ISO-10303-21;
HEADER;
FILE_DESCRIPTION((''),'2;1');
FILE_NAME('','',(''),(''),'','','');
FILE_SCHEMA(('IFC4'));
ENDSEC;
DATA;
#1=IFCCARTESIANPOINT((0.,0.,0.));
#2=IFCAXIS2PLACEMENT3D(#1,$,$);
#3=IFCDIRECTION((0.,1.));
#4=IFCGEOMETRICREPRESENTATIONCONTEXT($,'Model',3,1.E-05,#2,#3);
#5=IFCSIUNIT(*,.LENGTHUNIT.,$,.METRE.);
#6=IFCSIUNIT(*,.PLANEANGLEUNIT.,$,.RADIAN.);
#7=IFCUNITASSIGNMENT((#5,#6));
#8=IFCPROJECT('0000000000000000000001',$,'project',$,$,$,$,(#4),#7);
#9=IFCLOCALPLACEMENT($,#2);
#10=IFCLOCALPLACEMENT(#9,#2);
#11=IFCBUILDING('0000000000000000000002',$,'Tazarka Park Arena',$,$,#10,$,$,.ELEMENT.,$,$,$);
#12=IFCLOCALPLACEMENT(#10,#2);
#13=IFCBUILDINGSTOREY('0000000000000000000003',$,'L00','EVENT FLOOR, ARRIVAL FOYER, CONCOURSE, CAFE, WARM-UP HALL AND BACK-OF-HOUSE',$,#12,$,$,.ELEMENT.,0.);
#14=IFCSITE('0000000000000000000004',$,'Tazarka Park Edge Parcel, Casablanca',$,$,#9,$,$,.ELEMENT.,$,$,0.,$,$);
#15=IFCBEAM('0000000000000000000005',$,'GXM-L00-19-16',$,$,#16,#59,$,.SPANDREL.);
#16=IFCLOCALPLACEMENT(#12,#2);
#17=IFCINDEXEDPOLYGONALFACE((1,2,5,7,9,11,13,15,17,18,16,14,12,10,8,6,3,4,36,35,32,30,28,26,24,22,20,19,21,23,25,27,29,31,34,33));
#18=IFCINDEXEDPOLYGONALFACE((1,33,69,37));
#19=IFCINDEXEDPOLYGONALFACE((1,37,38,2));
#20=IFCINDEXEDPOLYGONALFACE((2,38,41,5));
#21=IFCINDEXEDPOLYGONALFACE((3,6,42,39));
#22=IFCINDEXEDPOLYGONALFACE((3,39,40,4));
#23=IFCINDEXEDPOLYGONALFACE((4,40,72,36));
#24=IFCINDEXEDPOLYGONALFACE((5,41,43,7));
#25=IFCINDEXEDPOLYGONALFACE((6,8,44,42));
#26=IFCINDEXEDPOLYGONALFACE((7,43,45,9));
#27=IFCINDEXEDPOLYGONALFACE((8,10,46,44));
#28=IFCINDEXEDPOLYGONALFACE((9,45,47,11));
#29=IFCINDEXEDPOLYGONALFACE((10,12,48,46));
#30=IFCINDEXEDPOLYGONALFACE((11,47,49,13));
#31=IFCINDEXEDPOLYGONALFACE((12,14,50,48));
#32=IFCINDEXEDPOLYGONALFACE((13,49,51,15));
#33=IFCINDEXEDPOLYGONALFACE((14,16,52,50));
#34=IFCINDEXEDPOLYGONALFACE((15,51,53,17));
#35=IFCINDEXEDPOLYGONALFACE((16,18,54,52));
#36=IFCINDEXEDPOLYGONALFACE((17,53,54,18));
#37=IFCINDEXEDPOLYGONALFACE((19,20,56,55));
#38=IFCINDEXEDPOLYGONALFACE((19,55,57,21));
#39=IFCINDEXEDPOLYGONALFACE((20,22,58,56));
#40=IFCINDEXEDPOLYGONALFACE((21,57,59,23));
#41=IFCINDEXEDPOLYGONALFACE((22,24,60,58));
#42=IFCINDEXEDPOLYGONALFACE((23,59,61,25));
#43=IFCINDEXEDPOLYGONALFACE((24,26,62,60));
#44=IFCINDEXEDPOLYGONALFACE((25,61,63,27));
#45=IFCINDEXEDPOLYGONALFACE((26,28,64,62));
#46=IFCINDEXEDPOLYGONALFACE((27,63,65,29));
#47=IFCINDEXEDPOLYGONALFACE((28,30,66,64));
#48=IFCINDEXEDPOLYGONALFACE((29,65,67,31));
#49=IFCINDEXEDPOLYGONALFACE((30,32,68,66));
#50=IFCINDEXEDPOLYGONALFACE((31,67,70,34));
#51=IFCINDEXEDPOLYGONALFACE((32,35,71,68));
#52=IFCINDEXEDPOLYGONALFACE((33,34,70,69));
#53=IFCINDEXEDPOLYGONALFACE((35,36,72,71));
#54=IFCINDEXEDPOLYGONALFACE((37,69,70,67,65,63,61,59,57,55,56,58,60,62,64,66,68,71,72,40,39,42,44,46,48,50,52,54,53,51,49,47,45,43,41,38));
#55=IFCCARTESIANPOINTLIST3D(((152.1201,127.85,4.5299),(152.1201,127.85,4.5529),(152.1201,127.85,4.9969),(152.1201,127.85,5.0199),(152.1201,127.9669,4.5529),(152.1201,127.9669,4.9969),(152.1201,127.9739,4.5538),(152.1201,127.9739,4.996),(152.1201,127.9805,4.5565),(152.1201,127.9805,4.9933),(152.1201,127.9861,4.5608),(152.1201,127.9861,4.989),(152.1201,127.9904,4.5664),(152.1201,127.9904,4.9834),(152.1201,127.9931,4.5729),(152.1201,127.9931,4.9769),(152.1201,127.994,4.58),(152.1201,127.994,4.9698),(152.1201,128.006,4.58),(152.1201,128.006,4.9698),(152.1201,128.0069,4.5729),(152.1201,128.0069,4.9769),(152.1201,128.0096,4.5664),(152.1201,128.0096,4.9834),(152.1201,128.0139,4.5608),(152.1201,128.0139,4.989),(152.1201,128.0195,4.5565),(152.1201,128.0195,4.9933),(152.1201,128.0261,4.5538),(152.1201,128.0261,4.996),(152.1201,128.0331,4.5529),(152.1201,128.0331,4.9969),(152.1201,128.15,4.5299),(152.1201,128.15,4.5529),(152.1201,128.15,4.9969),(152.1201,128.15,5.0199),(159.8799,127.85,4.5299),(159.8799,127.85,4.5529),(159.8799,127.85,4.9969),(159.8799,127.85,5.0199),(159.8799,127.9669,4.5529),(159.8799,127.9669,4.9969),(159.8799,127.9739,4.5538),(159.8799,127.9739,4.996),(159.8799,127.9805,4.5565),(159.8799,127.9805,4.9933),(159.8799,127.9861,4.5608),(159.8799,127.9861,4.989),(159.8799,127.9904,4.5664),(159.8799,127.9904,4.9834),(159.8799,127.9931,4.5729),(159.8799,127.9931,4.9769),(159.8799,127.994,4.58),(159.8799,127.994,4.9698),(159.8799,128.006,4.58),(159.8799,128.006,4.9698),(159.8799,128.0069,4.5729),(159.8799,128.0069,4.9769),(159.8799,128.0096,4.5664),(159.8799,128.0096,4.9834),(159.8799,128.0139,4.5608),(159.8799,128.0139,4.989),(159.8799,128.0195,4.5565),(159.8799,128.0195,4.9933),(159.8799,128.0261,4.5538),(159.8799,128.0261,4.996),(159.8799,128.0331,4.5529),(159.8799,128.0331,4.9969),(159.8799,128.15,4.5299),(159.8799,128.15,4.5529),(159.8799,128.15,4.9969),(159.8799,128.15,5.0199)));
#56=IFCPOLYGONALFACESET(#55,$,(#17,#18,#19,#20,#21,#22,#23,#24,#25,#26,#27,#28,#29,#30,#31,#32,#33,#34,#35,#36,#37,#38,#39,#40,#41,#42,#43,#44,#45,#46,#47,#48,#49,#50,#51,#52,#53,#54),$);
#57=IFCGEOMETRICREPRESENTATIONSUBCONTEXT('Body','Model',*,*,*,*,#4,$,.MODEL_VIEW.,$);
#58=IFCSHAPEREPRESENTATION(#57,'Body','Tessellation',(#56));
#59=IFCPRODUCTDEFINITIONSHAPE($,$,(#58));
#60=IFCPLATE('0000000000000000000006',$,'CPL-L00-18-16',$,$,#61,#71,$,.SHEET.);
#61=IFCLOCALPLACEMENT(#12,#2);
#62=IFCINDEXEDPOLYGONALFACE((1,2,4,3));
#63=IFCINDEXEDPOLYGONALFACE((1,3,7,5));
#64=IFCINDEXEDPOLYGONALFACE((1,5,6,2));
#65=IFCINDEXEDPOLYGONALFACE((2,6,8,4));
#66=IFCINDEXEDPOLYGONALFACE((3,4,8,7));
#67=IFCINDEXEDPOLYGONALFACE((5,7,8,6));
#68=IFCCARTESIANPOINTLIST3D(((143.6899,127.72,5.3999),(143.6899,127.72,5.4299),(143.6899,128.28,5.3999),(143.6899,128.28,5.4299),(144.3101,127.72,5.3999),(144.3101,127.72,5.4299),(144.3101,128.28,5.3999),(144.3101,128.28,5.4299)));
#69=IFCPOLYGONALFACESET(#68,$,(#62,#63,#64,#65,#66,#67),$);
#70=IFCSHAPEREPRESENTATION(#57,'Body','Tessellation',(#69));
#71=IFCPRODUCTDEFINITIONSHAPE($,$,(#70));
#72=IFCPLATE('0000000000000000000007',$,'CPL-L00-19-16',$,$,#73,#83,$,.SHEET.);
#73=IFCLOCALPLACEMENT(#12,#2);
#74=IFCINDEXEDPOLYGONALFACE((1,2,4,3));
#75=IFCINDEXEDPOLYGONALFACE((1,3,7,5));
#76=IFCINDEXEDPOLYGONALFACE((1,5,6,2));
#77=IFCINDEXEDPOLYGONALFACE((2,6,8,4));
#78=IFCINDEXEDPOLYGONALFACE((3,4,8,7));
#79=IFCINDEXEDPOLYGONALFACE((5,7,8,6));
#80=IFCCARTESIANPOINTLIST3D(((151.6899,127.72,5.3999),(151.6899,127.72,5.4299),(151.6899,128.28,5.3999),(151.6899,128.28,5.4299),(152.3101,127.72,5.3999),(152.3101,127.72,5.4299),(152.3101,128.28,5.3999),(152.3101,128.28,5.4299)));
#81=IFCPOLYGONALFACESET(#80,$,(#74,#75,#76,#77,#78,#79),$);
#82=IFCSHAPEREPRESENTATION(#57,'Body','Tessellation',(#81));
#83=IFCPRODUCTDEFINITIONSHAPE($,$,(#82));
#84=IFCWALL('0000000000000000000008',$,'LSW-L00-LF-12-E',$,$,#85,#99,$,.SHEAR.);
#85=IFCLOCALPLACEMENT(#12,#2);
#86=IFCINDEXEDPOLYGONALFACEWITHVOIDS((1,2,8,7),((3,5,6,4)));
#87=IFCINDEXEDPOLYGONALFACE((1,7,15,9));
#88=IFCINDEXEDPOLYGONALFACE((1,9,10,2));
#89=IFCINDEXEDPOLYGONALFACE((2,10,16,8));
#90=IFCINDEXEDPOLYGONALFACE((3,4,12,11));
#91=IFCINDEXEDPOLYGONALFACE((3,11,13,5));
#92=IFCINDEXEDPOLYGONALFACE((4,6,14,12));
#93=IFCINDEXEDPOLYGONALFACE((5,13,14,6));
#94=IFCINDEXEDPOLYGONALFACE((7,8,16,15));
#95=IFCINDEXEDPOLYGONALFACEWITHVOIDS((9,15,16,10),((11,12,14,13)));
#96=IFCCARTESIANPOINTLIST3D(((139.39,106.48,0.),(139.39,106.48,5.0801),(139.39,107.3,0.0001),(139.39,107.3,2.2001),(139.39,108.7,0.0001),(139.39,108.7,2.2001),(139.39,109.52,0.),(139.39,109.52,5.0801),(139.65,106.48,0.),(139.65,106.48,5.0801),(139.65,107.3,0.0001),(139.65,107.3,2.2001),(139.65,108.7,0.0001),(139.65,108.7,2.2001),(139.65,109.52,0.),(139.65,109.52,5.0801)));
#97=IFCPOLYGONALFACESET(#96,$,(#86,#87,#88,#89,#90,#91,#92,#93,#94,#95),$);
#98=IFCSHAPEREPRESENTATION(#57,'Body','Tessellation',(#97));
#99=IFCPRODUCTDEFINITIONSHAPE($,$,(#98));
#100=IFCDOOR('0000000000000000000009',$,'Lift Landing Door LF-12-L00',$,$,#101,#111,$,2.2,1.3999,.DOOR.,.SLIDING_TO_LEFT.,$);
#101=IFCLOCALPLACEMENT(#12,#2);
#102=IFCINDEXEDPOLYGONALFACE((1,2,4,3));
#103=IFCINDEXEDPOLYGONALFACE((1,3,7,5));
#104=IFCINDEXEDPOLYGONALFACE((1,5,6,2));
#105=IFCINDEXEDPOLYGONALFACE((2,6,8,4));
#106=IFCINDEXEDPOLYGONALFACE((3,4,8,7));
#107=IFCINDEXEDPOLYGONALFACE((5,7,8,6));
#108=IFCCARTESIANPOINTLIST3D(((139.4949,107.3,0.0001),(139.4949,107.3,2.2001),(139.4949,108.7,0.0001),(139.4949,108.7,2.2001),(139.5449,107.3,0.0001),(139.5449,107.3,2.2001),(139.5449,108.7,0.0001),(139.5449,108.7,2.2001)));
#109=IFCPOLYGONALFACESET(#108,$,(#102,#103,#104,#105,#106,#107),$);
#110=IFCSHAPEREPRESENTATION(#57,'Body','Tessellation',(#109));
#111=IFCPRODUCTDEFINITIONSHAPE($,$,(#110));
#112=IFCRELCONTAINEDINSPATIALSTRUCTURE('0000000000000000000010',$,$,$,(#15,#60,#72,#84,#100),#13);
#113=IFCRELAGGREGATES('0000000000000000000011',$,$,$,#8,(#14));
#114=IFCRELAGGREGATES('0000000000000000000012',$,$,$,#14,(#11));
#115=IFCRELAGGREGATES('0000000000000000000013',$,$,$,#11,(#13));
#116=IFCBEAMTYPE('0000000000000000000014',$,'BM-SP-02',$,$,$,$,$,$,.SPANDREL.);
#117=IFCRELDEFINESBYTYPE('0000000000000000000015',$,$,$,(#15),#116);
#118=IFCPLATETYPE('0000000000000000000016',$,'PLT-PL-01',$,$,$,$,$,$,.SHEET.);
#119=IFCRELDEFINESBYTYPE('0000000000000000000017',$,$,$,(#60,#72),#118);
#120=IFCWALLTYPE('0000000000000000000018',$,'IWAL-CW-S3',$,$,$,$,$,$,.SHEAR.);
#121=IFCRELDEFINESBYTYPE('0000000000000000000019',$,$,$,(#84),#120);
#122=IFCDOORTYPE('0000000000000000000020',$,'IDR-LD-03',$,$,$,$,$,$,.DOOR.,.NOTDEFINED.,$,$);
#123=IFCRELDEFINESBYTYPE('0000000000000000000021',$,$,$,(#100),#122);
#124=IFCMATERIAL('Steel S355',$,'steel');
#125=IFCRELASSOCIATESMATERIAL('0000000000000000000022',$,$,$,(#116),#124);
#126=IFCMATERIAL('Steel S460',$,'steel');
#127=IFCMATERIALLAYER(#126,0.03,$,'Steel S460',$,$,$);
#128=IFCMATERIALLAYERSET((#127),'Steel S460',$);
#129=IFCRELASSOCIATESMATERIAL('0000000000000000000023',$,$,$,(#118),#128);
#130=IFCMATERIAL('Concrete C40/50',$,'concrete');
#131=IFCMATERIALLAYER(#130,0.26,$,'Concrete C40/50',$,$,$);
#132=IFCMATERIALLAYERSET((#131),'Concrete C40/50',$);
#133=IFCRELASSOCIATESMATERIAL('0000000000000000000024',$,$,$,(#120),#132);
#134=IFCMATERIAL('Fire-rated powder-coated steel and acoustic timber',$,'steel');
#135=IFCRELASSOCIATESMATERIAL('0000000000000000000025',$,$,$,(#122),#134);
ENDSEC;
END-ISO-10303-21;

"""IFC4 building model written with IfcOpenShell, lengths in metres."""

from ifc_helpers import new_model, si_unit, direction, frame, frame_2d, origin, origin_2d, place, context, subcontext, project, spatial, rectangle, i_section, extrude, material, layer, layer_set, material_profile, profile_set, type_object, element, fill, save


model = new_model("IFC4")

# Units and contexts
model_context = context("Model", 3, precision=1e-05, world=origin(), true_north=direction((0.0, 1.0)))
body_context = subcontext(model_context, "Body", "Model", "MODEL_VIEW")
ifc_project = project(units=[si_unit("LENGTHUNIT", "METRE"), si_unit("PLANEANGLEUNIT", "RADIAN")], contexts=[model_context])

# Site, building, storey
site_placement = place(None, origin())
site = spatial("IfcSite", under=ifc_project, at=site_placement, Name="Tazarka Park Edge Parcel, Casablanca", CompositionType="ELEMENT", RefElevation=0.0)
building_placement = place(site_placement, origin())
building = spatial("IfcBuilding", under=site, at=building_placement, Name="Tazarka Park Arena", CompositionType="ELEMENT")
storey_placement = place(building_placement, origin())
storey = spatial("IfcBuildingStorey", under=building, at=storey_placement, Name="L00", Description="EVENT FLOOR, ARRIVAL FOYER, CONCOURSE, CAFE, WARM-UP HALL AND BACK-OF-HOUSE", CompositionType="ELEMENT", Elevation=0.0)

# Beam
ifc_material_1 = material(Name="Steel S355", Category="steel")
ifc_material_profile_1 = material_profile(ifc_material_1, i_section(OverallWidth=0.3, OverallDepth=0.49, WebThickness=0.012, FlangeThickness=0.0229, FilletRadius=0.0271, at=origin_2d()), Name="Steel S355")
ifc_profile_set_1 = profile_set([ifc_material_profile_1], Name="Steel S355")
beam_type_1 = type_object("IfcBeamType", Name="BM-SP-02", PredefinedType="SPANDREL", material=ifc_profile_set_1)
for number, where, z_axis, x_axis, name in (
    (1, (152.1201, 128.0, 4.7749), (1.0, 0.0, 0.0), (0.0, 1.0, 0.0), "GXM-L00-19-16"),
):
    element("IfcBeam", number, at=place(storey_placement, frame(where, z_axis=z_axis, x_axis=x_axis)), inside=storey, type_object=beam_type_1, Name=name, PredefinedType="SPANDREL", context=body_context, shape_type="SweptSolid", body=[
        extrude(i_section(OverallWidth=0.3, OverallDepth=0.49, WebThickness=0.012, FlangeThickness=0.0229, FilletRadius=0.0271, at=origin_2d()), origin(), (0.0, 0.0, 1.0), 7.7598),
    ])

# Plates
ifc_material_2 = material(Name="Steel S460", Category="steel")
ifc_layer_1 = layer(ifc_material_2, 0.03, Name="Steel S460")
ifc_layer_set_1 = layer_set([ifc_layer_1], Name="Steel S460")
plate_type = type_object("IfcPlateType", Name="PLT-PL-01", PredefinedType="SHEET", material=ifc_layer_set_1)
for number, where, z_axis, x_axis, name in (
    (2, (144.0, 128.0, 5.3999), (0.0, 0.0, 1.0), (1.0, 0.0, 0.0), "CPL-L00-18-16"),
    (3, (152.0, 128.0, 5.3999), (0.0, 0.0, 1.0), (1.0, 0.0, 0.0), "CPL-L00-19-16"),
):
    element("IfcPlate", number, at=place(storey_placement, frame(where, z_axis=z_axis, x_axis=x_axis)), inside=storey, type_object=plate_type, Name=name, PredefinedType="SHEET", context=body_context, shape_type="SweptSolid", body=[
        extrude(rectangle(XDim=0.6201, YDim=0.5601, at=origin_2d()), origin(), (0.0, 0.0, 1.0), 0.03),
    ])

# Wall, opening, door
ifc_material_3 = material(Name="Concrete C40/50", Category="concrete")
ifc_layer_2 = layer(ifc_material_3, 0.26, Name="Concrete C40/50")
ifc_layer_set_2 = layer_set([ifc_layer_2], Name="Concrete C40/50")
wall_type_1 = type_object("IfcWallType", Name="IWAL-CW-S3", PredefinedType="SHEAR", material=ifc_layer_set_2)
wall_1_placement = place(storey_placement, frame((139.52, 109.52, 0.0), z_axis=(0.0, 0.0, 1.0), x_axis=(0.0, -1.0, 0.0)))
wall_1 = element("IfcWall", 4, at=wall_1_placement, inside=storey, type_object=wall_type_1, Name="LSW-L00-LF-12-E", PredefinedType="SHEAR", context=body_context, shape_type="SweptSolid", body=[
    extrude(rectangle(XDim=3.04, YDim=0.26, at=frame_2d((1.52, 0.0))), origin(), (0.0, 0.0, 1.0), 5.0801),
])
opening_1_placement = place(wall_1_placement, frame((0.8201, 0.0, 0.0)))
opening_1 = element("IfcOpeningElement", 5, at=opening_1_placement, cuts=wall_1, PredefinedType="OPENING", context=body_context, shape_type="SweptSolid", body=[
    extrude(rectangle(XDim=1.3999, YDim=2.2, at=frame_2d((0.7, 1.1001))), frame((0.0, 0.1401, 0.0), z_axis=(0.0, -1.0, 0.0), x_axis=(1.0, 0.0, 0.0)), (0.0, 0.0, 1.0), 0.28),
])
ifc_material_4 = material(Name="Fire-rated powder-coated steel and acoustic timber", Category="steel")
door_type_1 = type_object("IfcDoorType", Name="IDR-LD-03", OperationType="NOTDEFINED", PredefinedType="DOOR", material=ifc_material_4)
door_1_placement = place(opening_1_placement, origin())
door_1 = element("IfcDoor", 6, at=door_1_placement, inside=storey, type_object=door_type_1, Name="Lift Landing Door LF-12-L00", OperationType="SLIDING_TO_LEFT", OverallHeight=2.2, OverallWidth=1.3999, PredefinedType="DOOR", context=body_context, shape_type="SweptSolid", body=[
    extrude(rectangle(XDim=1.3999, YDim=2.2, at=frame_2d((0.7, 1.1001))), frame((0.0, 0.0249, 0.0), z_axis=(0.0, -1.0, 0.0), x_axis=(1.0, 0.0, 0.0)), (0.0, 0.0, 1.0), 0.05),
])
fill(opening_1, door_1)

save(model, "model.ifc")
